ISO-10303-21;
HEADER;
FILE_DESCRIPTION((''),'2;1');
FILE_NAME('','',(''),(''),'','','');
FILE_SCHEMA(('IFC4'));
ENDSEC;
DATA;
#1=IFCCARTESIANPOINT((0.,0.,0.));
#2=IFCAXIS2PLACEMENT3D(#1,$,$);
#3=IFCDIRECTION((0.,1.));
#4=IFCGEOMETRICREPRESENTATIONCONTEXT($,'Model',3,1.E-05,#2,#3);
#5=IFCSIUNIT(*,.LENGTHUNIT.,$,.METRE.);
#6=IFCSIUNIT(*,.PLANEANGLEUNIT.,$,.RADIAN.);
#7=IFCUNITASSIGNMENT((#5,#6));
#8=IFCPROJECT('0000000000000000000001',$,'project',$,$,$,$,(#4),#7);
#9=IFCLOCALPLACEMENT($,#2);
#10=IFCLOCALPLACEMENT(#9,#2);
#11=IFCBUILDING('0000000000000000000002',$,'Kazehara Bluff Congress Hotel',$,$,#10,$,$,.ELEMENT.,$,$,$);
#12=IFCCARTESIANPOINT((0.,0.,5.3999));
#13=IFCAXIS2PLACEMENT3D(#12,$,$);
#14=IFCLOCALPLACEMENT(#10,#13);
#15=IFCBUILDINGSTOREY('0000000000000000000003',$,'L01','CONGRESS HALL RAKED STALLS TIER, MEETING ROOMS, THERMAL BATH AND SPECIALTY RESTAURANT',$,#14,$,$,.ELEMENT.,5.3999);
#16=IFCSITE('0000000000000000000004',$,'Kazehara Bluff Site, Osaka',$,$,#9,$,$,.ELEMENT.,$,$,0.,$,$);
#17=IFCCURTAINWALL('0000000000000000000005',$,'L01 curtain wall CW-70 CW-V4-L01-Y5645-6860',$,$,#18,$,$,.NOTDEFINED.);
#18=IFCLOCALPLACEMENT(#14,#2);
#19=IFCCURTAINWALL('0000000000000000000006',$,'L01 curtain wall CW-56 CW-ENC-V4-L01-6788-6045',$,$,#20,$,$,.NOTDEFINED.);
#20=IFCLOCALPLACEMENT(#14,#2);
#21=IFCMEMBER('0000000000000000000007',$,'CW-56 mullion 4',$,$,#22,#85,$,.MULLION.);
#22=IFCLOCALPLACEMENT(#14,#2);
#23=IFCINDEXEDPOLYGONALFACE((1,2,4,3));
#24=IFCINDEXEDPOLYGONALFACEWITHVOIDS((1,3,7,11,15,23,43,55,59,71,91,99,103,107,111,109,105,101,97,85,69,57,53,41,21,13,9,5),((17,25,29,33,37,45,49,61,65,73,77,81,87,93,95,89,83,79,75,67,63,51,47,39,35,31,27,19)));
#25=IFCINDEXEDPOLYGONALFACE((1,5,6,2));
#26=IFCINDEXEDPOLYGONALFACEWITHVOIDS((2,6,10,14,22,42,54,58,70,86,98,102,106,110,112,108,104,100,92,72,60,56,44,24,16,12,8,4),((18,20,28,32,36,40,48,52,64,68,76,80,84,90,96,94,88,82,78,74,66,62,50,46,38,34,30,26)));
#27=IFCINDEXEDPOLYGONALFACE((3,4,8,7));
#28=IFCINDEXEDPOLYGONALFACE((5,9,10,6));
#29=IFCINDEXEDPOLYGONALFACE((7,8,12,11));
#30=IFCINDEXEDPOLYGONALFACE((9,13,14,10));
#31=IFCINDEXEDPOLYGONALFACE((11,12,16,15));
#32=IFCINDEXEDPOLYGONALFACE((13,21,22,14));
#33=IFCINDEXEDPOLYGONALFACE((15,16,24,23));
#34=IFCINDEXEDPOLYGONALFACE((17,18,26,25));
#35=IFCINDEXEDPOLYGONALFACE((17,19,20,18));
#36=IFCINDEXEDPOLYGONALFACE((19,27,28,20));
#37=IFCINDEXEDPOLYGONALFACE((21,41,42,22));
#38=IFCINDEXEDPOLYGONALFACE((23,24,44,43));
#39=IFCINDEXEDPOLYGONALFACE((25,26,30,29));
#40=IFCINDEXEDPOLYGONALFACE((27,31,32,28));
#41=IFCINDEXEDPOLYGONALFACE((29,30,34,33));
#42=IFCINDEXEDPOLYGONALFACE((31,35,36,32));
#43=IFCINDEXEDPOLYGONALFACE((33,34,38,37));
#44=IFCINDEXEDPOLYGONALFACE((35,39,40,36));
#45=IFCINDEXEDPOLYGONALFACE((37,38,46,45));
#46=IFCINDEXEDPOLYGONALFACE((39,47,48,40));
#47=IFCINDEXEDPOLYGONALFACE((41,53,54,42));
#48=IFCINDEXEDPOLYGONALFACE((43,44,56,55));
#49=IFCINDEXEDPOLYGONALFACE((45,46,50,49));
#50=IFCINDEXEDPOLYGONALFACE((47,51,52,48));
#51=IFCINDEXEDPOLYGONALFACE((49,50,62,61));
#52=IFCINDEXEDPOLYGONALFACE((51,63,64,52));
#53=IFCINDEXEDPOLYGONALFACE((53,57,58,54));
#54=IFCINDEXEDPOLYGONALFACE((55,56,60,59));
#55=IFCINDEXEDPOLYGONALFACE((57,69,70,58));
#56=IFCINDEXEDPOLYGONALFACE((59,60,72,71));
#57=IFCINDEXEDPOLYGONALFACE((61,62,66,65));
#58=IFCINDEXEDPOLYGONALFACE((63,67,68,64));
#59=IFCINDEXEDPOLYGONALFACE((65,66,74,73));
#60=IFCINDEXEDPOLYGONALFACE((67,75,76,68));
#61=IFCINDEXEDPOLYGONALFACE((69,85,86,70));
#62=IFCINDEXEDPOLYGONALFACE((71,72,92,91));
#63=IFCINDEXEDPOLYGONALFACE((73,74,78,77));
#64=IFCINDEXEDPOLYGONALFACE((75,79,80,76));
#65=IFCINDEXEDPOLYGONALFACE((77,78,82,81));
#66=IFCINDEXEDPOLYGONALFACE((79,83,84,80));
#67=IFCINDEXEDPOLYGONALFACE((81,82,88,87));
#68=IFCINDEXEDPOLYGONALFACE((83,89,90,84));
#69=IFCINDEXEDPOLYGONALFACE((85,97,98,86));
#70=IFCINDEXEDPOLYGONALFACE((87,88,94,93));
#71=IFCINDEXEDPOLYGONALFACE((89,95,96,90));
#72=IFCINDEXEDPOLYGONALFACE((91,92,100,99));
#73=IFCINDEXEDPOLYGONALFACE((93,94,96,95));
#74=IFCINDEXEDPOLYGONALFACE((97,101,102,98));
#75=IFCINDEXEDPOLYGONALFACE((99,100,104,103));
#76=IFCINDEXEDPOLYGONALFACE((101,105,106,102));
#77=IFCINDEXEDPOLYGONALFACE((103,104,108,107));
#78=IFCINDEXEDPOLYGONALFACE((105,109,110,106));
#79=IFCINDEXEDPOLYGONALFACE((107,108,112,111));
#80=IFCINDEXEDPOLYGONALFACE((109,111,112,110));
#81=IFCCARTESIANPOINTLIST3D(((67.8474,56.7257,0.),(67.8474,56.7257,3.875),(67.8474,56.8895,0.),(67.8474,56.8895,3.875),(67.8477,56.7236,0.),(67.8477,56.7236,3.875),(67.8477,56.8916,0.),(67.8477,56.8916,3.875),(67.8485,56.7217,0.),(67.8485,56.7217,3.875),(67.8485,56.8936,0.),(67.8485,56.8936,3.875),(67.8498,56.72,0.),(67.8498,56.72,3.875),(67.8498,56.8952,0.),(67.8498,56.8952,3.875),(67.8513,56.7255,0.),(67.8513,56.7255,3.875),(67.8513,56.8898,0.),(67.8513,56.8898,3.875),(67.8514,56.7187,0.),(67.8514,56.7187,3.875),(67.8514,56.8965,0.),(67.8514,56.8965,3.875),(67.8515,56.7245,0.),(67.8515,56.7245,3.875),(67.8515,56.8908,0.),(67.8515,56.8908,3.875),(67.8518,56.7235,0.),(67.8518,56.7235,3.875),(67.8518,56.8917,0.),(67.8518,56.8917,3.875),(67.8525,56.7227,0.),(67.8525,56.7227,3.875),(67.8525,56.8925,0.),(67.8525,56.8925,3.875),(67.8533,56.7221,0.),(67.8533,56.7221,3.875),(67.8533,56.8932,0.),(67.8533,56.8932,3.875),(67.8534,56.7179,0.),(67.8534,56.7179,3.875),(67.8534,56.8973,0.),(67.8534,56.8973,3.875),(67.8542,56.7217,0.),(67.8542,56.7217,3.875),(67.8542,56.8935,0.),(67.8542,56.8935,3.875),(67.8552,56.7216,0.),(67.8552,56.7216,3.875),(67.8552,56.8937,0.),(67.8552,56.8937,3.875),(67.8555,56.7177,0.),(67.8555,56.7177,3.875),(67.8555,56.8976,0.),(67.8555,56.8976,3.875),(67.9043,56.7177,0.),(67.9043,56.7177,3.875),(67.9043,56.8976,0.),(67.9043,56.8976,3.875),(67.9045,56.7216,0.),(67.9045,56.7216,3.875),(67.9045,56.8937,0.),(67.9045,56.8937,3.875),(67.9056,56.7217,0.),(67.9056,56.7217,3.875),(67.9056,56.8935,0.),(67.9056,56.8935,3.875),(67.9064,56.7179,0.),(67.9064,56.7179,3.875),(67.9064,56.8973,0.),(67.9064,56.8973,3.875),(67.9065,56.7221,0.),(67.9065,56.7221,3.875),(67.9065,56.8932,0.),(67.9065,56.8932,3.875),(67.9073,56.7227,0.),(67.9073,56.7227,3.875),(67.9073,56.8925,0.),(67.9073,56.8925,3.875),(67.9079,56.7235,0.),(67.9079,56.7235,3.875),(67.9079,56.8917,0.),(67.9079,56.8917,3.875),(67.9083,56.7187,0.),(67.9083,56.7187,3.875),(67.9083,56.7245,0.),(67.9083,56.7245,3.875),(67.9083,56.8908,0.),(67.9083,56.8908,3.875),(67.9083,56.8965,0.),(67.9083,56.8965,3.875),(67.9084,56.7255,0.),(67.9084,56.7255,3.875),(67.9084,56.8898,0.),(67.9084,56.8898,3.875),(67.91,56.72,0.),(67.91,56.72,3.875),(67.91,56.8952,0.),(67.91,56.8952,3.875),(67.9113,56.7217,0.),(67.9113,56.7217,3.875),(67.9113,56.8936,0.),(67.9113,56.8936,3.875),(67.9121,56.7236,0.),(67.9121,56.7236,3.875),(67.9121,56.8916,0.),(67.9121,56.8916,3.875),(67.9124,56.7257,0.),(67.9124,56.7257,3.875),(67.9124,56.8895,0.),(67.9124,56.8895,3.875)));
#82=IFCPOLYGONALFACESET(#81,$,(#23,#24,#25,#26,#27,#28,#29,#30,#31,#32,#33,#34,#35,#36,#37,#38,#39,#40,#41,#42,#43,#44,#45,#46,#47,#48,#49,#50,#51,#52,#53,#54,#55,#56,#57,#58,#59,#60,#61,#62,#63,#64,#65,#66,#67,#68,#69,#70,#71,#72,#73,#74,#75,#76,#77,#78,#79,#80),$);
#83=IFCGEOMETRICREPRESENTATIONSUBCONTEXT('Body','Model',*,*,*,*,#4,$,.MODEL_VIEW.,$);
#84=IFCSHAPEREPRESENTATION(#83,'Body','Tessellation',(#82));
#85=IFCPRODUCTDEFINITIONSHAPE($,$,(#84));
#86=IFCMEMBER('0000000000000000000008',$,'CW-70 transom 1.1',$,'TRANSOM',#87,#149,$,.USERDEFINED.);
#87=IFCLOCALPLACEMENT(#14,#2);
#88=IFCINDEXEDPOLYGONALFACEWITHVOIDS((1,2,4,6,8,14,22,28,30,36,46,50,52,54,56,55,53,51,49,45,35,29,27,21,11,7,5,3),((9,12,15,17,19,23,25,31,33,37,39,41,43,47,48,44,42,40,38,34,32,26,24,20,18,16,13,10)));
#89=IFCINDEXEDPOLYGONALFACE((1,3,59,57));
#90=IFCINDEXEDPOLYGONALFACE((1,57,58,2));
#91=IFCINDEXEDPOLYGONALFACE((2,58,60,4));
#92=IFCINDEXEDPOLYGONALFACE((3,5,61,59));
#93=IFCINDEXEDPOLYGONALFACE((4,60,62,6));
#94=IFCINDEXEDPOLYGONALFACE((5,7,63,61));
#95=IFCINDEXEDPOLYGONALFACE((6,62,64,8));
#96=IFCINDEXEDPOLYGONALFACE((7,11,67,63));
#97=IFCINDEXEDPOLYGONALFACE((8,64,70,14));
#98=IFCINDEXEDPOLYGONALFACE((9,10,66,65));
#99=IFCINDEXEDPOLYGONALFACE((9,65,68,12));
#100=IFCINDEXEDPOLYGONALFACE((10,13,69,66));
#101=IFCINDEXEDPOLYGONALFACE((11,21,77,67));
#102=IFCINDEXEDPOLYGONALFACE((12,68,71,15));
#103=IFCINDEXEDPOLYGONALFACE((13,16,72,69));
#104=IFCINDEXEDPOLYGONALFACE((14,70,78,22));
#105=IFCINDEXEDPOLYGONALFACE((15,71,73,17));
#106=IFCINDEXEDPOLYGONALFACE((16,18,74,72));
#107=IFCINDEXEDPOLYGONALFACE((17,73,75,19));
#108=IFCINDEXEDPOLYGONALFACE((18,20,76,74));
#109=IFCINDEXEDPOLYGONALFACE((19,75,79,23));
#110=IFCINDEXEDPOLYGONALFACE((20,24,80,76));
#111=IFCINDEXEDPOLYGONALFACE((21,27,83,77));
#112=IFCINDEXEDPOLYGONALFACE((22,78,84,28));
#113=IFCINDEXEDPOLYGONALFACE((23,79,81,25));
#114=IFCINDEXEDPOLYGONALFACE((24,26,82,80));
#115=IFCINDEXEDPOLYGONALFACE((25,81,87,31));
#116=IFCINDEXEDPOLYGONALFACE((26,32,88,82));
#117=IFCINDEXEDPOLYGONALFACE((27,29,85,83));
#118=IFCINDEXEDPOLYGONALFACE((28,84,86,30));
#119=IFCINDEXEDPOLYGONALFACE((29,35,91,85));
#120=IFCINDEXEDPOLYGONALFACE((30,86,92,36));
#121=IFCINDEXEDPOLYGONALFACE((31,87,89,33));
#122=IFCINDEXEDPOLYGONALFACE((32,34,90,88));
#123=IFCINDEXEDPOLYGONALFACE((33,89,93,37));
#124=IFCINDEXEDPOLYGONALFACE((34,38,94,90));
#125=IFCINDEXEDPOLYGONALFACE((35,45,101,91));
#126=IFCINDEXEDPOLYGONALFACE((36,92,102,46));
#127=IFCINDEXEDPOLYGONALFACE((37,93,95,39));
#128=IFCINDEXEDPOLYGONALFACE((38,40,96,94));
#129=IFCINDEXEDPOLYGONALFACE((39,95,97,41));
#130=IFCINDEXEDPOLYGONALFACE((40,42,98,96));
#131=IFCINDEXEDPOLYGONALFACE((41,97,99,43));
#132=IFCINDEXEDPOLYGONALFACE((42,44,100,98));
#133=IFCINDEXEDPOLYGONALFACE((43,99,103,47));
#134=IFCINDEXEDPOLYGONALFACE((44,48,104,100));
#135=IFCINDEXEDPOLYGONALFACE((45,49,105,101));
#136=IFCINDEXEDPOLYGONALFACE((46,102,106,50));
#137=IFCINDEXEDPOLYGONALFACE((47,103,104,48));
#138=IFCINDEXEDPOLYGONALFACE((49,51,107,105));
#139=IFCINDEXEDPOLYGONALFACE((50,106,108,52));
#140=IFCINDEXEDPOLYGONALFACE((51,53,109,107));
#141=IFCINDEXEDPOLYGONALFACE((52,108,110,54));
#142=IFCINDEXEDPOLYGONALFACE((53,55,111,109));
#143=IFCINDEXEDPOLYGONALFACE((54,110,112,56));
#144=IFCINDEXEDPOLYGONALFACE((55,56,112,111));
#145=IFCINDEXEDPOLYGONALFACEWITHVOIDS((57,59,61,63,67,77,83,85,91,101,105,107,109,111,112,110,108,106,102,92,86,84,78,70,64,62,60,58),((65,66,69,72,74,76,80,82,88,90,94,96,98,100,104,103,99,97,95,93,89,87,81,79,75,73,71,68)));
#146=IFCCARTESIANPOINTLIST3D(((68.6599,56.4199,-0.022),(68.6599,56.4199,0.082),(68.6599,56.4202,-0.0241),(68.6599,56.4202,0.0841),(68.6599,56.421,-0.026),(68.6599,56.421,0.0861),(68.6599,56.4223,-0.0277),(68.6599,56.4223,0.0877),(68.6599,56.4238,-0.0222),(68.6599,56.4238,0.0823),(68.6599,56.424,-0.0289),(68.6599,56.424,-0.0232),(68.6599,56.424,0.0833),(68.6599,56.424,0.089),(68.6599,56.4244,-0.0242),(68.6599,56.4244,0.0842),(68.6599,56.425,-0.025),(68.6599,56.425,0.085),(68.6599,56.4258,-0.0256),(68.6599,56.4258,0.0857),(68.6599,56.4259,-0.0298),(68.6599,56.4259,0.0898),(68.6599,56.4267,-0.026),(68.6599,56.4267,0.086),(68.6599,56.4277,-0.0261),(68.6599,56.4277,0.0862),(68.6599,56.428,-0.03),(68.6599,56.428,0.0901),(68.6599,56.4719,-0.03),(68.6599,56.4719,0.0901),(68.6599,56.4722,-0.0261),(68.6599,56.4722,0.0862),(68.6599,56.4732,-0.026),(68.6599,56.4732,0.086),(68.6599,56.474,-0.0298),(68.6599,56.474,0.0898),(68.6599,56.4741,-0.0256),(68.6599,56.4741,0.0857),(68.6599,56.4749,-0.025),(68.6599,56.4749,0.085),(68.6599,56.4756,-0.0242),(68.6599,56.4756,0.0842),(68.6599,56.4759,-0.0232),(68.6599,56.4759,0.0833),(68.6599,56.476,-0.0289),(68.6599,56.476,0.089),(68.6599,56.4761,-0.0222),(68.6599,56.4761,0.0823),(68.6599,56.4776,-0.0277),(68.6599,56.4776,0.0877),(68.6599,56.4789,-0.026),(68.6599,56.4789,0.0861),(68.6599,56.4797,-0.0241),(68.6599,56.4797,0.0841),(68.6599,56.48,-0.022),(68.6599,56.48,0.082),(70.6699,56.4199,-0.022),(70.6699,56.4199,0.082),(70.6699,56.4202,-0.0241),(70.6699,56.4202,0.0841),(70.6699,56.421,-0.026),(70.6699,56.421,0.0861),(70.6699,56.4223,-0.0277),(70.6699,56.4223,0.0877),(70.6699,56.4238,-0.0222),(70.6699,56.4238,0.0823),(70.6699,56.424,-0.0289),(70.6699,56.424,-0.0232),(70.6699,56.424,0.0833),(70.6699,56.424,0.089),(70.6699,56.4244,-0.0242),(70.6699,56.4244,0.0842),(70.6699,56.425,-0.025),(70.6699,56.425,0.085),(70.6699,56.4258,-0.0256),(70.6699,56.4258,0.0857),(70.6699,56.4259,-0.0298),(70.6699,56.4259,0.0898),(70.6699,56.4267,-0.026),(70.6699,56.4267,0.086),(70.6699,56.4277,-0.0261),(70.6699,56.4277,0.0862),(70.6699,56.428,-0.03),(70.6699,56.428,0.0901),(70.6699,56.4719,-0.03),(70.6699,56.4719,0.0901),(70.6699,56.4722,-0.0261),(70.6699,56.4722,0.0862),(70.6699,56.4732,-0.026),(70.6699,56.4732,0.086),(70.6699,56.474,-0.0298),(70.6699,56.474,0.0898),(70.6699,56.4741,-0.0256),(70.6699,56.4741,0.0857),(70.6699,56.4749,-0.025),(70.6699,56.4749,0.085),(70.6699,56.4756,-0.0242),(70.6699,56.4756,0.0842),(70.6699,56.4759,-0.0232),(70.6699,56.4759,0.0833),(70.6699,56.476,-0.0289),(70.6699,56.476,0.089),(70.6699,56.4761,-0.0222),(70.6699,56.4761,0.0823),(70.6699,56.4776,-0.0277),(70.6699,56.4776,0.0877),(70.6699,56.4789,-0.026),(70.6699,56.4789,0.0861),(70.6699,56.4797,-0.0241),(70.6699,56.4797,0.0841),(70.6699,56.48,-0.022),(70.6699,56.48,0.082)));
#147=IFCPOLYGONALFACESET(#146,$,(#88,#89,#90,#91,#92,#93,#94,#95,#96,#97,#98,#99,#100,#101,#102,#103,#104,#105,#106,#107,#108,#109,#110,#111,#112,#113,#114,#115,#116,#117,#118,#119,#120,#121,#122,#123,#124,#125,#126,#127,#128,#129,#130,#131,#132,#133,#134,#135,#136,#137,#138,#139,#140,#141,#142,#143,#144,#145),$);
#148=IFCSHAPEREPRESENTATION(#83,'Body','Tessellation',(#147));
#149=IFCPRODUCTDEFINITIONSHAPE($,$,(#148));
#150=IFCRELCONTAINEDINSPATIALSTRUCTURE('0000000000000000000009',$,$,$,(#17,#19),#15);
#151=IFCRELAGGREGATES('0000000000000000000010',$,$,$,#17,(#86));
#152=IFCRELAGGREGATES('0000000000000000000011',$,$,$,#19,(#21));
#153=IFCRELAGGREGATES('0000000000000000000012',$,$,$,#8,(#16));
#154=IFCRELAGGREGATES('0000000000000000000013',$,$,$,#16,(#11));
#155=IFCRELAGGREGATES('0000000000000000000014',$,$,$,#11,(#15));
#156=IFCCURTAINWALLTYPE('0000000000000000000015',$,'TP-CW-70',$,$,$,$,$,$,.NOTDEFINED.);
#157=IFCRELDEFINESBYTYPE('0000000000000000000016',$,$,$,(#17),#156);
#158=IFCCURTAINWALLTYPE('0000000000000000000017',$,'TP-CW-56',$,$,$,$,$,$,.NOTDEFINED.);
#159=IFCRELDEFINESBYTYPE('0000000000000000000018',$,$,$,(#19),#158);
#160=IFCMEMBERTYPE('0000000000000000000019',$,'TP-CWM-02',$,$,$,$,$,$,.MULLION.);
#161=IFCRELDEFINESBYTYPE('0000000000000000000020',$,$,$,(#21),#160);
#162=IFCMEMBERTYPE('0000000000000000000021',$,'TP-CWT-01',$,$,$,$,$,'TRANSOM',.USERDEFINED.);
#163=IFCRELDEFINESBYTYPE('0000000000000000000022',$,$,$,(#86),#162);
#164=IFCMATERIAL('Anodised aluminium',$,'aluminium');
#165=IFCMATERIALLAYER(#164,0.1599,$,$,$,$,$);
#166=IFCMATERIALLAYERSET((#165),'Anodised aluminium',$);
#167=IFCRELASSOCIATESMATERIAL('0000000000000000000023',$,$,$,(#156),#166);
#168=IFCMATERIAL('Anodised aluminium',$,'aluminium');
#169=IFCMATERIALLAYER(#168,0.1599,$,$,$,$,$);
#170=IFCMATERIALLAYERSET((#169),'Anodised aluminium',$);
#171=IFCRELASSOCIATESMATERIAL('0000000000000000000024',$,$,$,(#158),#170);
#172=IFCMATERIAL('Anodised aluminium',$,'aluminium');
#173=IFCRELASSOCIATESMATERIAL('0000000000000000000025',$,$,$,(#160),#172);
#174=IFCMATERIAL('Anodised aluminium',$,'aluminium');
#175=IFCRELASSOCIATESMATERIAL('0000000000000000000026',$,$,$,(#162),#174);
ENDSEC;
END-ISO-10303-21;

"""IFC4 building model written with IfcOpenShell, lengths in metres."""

from ifc_helpers import new_model, si_unit, direction, frame, origin, origin_2d, place, context, subcontext, project, spatial, hollow_rectangle, extrude, material, layer, layer_set, material_profile, profile_set, type_object, element, aggregate, save


model = new_model("IFC4")

# Units and contexts
model_context = context("Model", 3, precision=1e-05, world=origin(), true_north=direction((0.0, 1.0)))
body_context = subcontext(model_context, "Body", "Model", "MODEL_VIEW")
ifc_project = project(units=[si_unit("LENGTHUNIT", "METRE"), si_unit("PLANEANGLEUNIT", "RADIAN")], contexts=[model_context])

# Site, building, storey
site_placement = place(None, origin())
site = spatial("IfcSite", under=ifc_project, at=site_placement, Name="Kazehara Bluff Site, Osaka", CompositionType="ELEMENT", RefElevation=0.0)
building_placement = place(site_placement, origin())
building = spatial("IfcBuilding", under=site, at=building_placement, Name="Kazehara Bluff Congress Hotel", CompositionType="ELEMENT")
storey_placement = place(building_placement, frame((0.0, 0.0, 5.3999)))
storey = spatial("IfcBuildingStorey", under=building, at=storey_placement, Name="L01", Description="CONGRESS HALL RAKED STALLS TIER, MEETING ROOMS, THERMAL BATH AND SPECIALTY RESTAURANT", CompositionType="ELEMENT", Elevation=5.3999)

# Curtain walls, member
ifc_material_1 = material(Name="Anodised aluminium", Category="aluminium")
ifc_layer_1 = layer(ifc_material_1, 0.1599)
ifc_layer_set_1 = layer_set([ifc_layer_1], Name="Anodised aluminium")
curtain_wall_type_1 = type_object("IfcCurtainWallType", Name="TP-CW-70", PredefinedType="NOTDEFINED", material=ifc_layer_set_1)
curtain_wall_1_placement = place(storey_placement, origin())
curtain_wall_1 = element("IfcCurtainWall", 1, at=curtain_wall_1_placement, inside=storey, type_object=curtain_wall_type_1, Name="L01 curtain wall CW-70 CW-V4-L01-Y5645-6860", PredefinedType="NOTDEFINED")
ifc_material_2 = material(Name="Anodised aluminium", Category="aluminium")
ifc_layer_2 = layer(ifc_material_2, 0.1599)
ifc_layer_set_2 = layer_set([ifc_layer_2], Name="Anodised aluminium")
curtain_wall_type_2 = type_object("IfcCurtainWallType", Name="TP-CW-56", PredefinedType="NOTDEFINED", material=ifc_layer_set_2)
curtain_wall_2_placement = place(storey_placement, origin())
curtain_wall_2 = element("IfcCurtainWall", 2, at=curtain_wall_2_placement, inside=storey, type_object=curtain_wall_type_2, Name="L01 curtain wall CW-56 CW-ENC-V4-L01-6788-6045", PredefinedType="NOTDEFINED")
ifc_material_3 = material(Name="Anodised aluminium", Category="aluminium")
ifc_material_profile_1 = material_profile(ifc_material_3, hollow_rectangle(XDim=0.0649, YDim=0.1799, WallThickness=0.0039, InnerFilletRadius=0.0039, OuterFilletRadius=0.0081, at=origin_2d()))
ifc_profile_set_1 = profile_set([ifc_material_profile_1], Name="Anodised aluminium")
member_type_1 = type_object("IfcMemberType", Name="TP-CWM-02", PredefinedType="MULLION", material=ifc_profile_set_1)
member_1_placement = place(storey_placement, frame((67.8799, 56.8076, 0.0), z_axis=(0.0, 0.0, 1.0), x_axis=(1.0, 0.0, 0.0)))
member_1 = element("IfcMember", 3, at=member_1_placement, type_object=member_type_1, Name="CW-56 mullion 4", PredefinedType="MULLION", context=body_context, shape_type="SweptSolid", body=[
    extrude(hollow_rectangle(XDim=0.0649, YDim=0.1799, WallThickness=0.0039, InnerFilletRadius=0.0039, OuterFilletRadius=0.0081, at=origin_2d()), origin(), (0.0, 0.0, 1.0), 3.875),
])

# Member
ifc_material_4 = material(Name="Anodised aluminium", Category="aluminium")
ifc_material_profile_2 = material_profile(ifc_material_4, hollow_rectangle(XDim=0.0601, YDim=0.1201, WallThickness=0.0039, InnerFilletRadius=0.0039, OuterFilletRadius=0.0081, at=origin_2d()))
ifc_profile_set_2 = profile_set([ifc_material_profile_2], Name="Anodised aluminium")
member_type_2 = type_object("IfcMemberType", Name="TP-CWT-01", ElementType="TRANSOM", PredefinedType="USERDEFINED", material=ifc_profile_set_2)
member_2_placement = place(storey_placement, frame((68.6599, 56.45, 0.03), z_axis=(1.0, 0.0, 0.0), x_axis=(0.0, 1.0, 0.0)))
member_2 = element("IfcMember", 4, at=member_2_placement, type_object=member_type_2, Name="CW-70 transom 1.1", ObjectType="TRANSOM", PredefinedType="USERDEFINED", context=body_context, shape_type="SweptSolid", body=[
    extrude(hollow_rectangle(XDim=0.0601, YDim=0.1201, WallThickness=0.0039, InnerFilletRadius=0.0039, OuterFilletRadius=0.0081, at=origin_2d()), origin(), (0.0, 0.0, 1.0), 2.01),
])
aggregate(curtain_wall_1, [member_2])

aggregate(curtain_wall_2, [member_1])

save(model, "model.ifc")
